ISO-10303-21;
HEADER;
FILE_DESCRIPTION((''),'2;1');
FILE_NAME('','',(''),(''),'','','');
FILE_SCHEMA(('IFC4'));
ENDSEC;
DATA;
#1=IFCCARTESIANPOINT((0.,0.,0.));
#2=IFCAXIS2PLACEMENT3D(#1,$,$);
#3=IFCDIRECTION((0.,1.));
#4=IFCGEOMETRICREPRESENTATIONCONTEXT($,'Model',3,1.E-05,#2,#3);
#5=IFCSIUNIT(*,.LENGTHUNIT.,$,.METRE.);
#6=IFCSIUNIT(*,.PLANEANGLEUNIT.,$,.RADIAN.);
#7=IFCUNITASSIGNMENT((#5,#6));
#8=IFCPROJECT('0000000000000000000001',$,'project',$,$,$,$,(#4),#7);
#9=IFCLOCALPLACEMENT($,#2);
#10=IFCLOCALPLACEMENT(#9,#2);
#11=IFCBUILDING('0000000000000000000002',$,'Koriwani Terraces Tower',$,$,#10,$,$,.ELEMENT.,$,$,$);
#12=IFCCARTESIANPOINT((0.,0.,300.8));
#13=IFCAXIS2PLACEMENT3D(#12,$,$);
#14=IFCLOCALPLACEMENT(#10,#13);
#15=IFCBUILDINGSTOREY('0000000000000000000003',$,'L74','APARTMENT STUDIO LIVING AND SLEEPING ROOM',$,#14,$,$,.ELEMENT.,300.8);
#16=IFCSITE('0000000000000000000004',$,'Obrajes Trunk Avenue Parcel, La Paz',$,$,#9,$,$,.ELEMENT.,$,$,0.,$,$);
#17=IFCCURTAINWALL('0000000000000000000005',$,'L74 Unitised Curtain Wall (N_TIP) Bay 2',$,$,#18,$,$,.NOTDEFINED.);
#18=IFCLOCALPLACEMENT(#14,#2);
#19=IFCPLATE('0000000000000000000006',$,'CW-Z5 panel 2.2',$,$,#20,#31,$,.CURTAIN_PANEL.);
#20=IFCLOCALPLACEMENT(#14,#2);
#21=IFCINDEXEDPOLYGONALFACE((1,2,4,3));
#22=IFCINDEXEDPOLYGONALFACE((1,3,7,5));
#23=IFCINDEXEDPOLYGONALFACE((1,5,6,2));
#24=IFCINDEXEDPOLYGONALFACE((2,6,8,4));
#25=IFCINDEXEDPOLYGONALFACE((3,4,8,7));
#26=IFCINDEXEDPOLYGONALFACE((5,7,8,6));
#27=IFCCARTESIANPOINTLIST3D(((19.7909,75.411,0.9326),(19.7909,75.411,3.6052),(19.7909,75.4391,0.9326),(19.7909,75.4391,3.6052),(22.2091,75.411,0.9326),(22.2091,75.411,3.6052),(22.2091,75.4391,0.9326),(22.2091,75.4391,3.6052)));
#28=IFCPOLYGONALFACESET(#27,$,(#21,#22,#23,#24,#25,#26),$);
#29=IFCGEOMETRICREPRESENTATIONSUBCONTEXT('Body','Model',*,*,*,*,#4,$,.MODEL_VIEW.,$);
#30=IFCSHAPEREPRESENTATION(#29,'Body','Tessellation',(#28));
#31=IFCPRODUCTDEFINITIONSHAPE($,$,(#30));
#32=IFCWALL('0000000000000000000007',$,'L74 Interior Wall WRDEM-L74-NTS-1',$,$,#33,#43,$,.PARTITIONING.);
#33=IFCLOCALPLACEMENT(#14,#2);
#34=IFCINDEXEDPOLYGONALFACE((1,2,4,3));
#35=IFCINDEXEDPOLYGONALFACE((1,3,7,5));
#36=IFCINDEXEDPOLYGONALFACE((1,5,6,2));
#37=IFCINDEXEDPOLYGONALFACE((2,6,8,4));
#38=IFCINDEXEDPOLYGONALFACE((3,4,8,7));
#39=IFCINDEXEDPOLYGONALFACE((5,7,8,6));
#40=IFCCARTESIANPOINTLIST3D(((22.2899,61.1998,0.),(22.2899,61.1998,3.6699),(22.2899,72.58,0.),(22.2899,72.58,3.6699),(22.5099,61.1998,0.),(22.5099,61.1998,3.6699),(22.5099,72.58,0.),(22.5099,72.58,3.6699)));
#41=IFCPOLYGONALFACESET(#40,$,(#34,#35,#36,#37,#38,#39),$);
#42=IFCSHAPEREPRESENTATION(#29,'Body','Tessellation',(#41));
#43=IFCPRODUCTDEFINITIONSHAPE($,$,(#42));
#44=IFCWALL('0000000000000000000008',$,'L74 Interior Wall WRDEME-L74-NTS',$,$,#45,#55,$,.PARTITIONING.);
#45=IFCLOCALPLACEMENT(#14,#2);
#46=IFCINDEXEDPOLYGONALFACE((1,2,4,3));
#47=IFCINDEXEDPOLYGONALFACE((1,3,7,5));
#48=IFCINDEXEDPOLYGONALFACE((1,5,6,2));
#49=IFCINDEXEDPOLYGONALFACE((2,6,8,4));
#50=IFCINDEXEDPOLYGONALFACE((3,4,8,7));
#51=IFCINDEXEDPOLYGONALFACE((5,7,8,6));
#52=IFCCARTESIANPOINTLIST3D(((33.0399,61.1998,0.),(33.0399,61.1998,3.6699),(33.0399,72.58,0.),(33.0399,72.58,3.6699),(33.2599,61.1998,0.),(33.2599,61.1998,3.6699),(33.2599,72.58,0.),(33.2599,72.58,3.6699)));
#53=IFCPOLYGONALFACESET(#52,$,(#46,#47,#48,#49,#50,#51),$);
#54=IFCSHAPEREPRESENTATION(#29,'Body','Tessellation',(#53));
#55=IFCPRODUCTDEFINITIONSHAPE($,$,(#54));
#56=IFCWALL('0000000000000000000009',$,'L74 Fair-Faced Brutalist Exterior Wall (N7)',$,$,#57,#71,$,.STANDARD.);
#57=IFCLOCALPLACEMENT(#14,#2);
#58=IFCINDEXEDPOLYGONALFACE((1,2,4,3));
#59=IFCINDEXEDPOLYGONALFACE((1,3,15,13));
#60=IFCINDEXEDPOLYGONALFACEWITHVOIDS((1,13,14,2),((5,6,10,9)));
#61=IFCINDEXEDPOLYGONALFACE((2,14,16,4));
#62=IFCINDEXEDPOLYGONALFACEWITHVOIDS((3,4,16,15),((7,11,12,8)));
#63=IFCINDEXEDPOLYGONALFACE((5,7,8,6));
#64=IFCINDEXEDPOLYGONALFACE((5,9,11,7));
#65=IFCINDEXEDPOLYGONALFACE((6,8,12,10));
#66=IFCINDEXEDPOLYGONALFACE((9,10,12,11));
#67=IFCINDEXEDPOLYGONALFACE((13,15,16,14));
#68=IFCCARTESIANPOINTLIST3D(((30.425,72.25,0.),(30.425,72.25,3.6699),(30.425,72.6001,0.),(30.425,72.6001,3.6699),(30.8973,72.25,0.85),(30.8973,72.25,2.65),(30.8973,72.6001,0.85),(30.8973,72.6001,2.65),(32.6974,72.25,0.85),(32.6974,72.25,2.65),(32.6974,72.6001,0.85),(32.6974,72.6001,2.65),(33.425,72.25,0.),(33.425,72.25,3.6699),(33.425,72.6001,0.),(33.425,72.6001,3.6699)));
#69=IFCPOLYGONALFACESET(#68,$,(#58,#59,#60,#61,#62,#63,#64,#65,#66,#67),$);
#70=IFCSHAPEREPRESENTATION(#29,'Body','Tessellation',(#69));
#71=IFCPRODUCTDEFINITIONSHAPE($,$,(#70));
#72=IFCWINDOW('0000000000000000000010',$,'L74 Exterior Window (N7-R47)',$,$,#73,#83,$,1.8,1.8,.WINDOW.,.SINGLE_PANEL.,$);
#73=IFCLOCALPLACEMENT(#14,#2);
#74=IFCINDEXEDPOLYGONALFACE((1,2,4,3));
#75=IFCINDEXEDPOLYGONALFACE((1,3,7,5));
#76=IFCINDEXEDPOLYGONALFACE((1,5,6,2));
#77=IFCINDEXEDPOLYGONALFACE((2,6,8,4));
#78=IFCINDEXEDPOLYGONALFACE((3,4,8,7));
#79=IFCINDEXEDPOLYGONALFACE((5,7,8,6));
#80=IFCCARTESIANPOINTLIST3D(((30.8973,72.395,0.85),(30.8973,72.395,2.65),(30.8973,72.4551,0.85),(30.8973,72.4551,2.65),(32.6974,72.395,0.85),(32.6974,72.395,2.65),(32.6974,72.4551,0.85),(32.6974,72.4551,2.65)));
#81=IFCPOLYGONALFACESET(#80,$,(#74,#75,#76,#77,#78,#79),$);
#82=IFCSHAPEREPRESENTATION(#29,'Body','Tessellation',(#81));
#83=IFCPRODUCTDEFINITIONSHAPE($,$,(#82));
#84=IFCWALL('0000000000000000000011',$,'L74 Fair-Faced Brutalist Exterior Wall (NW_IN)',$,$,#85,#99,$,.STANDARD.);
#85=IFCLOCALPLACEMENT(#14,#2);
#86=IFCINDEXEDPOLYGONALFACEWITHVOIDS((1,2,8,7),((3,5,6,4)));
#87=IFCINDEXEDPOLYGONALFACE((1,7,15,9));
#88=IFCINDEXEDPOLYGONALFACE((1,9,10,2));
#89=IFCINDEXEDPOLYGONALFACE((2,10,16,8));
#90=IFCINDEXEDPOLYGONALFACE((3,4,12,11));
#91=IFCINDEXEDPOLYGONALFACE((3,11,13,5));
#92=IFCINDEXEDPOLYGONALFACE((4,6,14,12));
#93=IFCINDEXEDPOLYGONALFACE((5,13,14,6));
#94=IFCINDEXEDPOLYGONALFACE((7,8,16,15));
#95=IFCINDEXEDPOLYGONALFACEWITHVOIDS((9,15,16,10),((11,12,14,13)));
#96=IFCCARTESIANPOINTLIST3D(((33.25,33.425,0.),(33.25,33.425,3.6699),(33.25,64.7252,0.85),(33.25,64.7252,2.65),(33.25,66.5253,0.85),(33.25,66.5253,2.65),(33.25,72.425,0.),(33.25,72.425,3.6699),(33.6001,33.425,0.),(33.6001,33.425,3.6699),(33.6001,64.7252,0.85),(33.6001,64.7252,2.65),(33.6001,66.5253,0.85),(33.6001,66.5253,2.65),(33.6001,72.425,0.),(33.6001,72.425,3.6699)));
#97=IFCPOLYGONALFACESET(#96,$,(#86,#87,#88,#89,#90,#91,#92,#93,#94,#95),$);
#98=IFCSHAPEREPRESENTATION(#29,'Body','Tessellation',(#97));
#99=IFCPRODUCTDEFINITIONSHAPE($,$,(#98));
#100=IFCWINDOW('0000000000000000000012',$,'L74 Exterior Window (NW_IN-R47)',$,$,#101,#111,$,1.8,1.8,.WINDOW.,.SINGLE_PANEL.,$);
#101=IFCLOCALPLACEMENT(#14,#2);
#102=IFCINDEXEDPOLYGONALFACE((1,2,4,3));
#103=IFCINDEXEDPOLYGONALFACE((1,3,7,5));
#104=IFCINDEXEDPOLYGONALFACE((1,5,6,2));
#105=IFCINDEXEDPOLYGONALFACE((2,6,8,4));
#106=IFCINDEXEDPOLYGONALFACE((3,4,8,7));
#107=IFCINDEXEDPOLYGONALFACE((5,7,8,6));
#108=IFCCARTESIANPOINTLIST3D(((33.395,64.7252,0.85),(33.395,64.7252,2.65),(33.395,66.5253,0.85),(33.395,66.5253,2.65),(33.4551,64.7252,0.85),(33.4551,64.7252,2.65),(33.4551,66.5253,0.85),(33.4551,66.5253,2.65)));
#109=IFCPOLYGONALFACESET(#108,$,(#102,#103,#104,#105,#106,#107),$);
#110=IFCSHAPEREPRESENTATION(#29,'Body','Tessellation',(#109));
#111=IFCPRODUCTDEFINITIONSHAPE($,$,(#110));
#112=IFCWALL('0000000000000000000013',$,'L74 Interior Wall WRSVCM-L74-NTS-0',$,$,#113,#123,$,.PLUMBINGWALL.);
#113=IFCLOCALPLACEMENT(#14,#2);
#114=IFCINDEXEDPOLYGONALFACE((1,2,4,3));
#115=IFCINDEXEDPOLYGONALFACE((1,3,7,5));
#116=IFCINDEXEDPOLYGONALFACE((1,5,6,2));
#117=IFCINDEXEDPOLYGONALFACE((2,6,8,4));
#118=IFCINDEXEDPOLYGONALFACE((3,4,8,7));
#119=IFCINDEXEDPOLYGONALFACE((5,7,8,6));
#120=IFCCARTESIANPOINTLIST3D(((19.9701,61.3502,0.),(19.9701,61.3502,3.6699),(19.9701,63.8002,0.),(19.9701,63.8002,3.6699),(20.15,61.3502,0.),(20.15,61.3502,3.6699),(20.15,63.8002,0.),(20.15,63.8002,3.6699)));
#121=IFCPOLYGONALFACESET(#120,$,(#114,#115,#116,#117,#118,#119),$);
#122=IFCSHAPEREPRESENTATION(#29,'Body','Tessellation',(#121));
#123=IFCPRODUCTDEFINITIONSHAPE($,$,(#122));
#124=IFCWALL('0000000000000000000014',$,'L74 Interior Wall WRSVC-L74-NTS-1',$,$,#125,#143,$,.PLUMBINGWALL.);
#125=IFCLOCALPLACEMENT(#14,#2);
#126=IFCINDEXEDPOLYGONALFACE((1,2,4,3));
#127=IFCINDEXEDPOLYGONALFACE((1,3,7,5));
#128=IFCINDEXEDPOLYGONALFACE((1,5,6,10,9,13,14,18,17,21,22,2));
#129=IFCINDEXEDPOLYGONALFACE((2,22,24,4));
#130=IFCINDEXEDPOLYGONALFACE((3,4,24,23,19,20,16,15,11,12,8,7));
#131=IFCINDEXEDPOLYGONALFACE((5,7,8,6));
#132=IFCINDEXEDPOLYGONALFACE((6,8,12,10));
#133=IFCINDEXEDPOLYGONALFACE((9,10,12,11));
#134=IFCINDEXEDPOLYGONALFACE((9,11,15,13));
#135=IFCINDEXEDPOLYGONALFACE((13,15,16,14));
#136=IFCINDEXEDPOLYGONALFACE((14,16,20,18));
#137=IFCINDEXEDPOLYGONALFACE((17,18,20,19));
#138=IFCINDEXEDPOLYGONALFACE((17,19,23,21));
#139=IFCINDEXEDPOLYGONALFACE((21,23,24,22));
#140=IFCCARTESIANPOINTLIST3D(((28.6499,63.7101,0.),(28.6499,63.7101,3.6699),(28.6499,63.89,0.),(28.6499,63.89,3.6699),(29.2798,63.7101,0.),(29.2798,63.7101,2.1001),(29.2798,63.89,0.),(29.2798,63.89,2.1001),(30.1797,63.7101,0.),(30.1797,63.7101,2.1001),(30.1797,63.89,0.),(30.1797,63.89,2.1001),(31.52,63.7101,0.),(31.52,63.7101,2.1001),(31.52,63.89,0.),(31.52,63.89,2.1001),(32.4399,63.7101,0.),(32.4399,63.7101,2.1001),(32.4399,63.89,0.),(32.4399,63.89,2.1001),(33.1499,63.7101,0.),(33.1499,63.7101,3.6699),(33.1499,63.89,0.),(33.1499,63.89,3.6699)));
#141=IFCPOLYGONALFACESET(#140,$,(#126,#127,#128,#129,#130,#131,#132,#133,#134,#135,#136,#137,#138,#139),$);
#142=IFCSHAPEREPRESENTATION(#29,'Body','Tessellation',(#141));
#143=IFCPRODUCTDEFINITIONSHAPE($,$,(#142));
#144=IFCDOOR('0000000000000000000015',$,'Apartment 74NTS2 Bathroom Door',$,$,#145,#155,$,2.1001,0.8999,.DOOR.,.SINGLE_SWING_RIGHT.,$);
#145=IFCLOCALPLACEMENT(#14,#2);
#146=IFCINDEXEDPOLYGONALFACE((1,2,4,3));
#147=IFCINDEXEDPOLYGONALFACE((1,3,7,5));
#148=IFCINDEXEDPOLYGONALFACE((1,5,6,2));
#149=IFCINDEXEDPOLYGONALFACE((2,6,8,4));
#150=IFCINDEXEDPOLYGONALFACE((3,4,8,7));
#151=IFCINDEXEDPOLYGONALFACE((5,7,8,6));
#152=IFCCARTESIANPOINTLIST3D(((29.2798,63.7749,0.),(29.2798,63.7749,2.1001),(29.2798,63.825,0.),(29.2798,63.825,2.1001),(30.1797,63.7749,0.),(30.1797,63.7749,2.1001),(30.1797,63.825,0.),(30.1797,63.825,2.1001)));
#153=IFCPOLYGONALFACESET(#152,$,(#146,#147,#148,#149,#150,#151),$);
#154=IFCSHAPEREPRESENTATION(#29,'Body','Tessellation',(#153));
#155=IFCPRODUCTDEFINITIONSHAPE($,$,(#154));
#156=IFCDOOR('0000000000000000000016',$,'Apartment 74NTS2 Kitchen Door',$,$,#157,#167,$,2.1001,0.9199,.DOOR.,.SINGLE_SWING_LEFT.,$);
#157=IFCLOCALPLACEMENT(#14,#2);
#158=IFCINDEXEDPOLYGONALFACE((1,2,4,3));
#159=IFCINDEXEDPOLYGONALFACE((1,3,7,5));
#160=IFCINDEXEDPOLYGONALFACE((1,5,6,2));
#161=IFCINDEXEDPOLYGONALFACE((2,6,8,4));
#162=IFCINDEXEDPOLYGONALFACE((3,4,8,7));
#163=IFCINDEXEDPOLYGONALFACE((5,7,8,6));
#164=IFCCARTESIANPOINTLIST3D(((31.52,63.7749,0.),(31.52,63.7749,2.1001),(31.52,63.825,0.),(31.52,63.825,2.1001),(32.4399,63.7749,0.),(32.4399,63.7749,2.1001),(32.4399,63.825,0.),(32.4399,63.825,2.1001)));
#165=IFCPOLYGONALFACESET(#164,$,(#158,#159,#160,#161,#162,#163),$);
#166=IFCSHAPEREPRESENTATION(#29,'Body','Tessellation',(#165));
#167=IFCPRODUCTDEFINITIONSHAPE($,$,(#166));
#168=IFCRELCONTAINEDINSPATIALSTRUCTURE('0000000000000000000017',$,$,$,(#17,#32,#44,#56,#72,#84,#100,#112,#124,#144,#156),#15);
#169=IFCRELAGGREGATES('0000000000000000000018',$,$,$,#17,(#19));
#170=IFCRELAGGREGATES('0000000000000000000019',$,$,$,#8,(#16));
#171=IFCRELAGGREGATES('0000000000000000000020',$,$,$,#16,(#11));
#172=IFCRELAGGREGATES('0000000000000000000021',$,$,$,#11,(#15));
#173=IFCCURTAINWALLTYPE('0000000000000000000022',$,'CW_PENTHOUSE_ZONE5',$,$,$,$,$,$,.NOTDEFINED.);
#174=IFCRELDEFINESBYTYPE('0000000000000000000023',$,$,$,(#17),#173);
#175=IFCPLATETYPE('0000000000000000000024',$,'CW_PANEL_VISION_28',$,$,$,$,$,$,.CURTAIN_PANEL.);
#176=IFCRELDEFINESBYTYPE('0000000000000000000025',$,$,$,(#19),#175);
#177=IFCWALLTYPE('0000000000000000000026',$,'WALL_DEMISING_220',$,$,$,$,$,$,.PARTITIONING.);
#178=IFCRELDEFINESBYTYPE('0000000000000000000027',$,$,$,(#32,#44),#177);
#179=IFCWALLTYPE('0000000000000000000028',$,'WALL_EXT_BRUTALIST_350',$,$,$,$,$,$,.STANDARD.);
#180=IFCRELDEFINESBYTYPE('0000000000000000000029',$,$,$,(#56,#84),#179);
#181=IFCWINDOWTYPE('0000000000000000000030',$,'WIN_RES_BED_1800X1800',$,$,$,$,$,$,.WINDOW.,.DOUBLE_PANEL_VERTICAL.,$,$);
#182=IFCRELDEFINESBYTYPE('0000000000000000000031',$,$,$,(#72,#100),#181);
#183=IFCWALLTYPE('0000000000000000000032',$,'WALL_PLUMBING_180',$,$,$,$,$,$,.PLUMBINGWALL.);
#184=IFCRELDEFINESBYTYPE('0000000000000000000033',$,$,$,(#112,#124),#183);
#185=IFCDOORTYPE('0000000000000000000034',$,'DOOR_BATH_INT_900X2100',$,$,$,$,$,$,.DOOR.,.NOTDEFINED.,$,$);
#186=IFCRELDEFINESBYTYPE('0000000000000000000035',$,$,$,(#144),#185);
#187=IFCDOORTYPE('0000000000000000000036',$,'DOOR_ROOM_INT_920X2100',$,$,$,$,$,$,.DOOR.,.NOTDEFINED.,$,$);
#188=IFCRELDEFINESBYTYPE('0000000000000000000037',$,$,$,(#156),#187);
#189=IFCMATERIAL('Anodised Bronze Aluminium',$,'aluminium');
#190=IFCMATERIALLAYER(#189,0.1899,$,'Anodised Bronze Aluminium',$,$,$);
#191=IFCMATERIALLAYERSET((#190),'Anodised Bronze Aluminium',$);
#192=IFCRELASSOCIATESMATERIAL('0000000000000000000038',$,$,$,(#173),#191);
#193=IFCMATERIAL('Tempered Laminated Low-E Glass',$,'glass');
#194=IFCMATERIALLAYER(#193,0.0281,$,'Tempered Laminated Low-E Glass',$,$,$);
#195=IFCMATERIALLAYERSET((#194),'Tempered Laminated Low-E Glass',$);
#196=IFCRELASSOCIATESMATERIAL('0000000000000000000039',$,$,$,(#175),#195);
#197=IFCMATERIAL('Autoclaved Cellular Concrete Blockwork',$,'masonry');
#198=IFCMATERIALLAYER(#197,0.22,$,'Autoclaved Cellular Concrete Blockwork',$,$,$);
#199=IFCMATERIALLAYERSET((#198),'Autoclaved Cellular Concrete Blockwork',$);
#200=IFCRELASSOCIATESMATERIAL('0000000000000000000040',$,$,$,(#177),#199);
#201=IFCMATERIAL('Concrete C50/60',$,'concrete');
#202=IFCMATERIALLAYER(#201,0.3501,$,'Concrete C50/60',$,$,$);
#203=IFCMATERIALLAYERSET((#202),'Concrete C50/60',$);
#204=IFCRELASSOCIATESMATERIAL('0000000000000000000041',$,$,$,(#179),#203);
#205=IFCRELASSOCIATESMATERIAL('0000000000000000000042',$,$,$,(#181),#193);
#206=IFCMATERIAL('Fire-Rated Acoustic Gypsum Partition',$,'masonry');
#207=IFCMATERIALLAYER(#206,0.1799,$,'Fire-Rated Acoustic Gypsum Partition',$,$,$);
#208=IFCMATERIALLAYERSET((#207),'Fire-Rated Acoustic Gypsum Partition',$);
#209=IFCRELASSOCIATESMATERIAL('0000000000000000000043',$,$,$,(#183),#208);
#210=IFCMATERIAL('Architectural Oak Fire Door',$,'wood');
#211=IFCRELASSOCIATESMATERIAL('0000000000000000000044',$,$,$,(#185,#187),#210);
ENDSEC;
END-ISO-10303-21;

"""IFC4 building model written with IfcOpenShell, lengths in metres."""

from ifc_helpers import new_model, si_unit, direction, frame, frame_2d, origin, origin_2d, place, context, subcontext, project, spatial, rectangle, extrude, material, layer, layer_set, type_object, element, fill, aggregate, save


model = new_model("IFC4")

# Units and contexts
model_context = context("Model", 3, precision=1e-05, world=origin(), true_north=direction((0.0, 1.0)))
body_context = subcontext(model_context, "Body", "Model", "MODEL_VIEW")
ifc_project = project(units=[si_unit("LENGTHUNIT", "METRE"), si_unit("PLANEANGLEUNIT", "RADIAN")], contexts=[model_context])

# Site, building, storey
site_placement = place(None, origin())
site = spatial("IfcSite", under=ifc_project, at=site_placement, Name="Obrajes Trunk Avenue Parcel, La Paz", CompositionType="ELEMENT", RefElevation=0.0)
building_placement = place(site_placement, origin())
building = spatial("IfcBuilding", under=site, at=building_placement, Name="Koriwani Terraces Tower", CompositionType="ELEMENT")
storey_placement = place(building_placement, frame((0.0, 0.0, 300.8)))
storey = spatial("IfcBuildingStorey", under=building, at=storey_placement, Name="L74", Description="APARTMENT STUDIO LIVING AND SLEEPING ROOM", CompositionType="ELEMENT", Elevation=300.8)

# Shared definitions
ifc_material_1 = material(Name="Concrete C50/60", Category="concrete")

# Curtain wall
ifc_material_2 = material(Name="Anodised Bronze Aluminium", Category="aluminium")
ifc_layer_1 = layer(ifc_material_2, 0.1899, Name="Anodised Bronze Aluminium")
ifc_layer_set_1 = layer_set([ifc_layer_1], Name="Anodised Bronze Aluminium")
curtain_wall_type = type_object("IfcCurtainWallType", Name="CW_PENTHOUSE_ZONE5", PredefinedType="NOTDEFINED", material=ifc_layer_set_1)
curtain_wall_placement = place(storey_placement, origin())
curtain_wall = element("IfcCurtainWall", 1, at=curtain_wall_placement, inside=storey, type_object=curtain_wall_type, Name="L74 Unitised Curtain Wall (N_TIP) Bay 2", PredefinedType="NOTDEFINED")

# Plate
ifc_material_3 = material(Name="Tempered Laminated Low-E Glass", Category="glass")
ifc_layer_2 = layer(ifc_material_3, 0.0281, Name="Tempered Laminated Low-E Glass")
ifc_layer_set_2 = layer_set([ifc_layer_2], Name="Tempered Laminated Low-E Glass")
plate_type = type_object("IfcPlateType", Name="CW_PANEL_VISION_28", PredefinedType="CURTAIN_PANEL", material=ifc_layer_set_2)
plate_1_placement = place(storey_placement, frame((21.0, 75.425, 0.9326), z_axis=(0.0, 0.0, 1.0), x_axis=(1.0, 0.0, 0.0)))
plate_1 = element("IfcPlate", 2, at=plate_1_placement, type_object=plate_type, Name="CW-Z5 panel 2.2", PredefinedType="CURTAIN_PANEL", context=body_context, shape_type="SweptSolid", body=[
    extrude(rectangle(XDim=2.4182, YDim=0.0281, at=origin_2d()), origin(), (0.0, 0.0, 1.0), 2.6726),
])
aggregate(curtain_wall, [plate_1])

# Walls
ifc_material_4 = material(Name="Autoclaved Cellular Concrete Blockwork", Category="masonry")
ifc_layer_3 = layer(ifc_material_4, 0.22, Name="Autoclaved Cellular Concrete Blockwork")
ifc_layer_set_3 = layer_set([ifc_layer_3], Name="Autoclaved Cellular Concrete Blockwork")
wall_type_1 = type_object("IfcWallType", Name="WALL_DEMISING_220", PredefinedType="PARTITIONING", material=ifc_layer_set_3)
for number, where, z_axis, x_axis, name in (
    (3, (22.3999, 61.2, 0.0), (0.0, 0.0, 1.0), (0.0, 1.0, 0.0), "L74 Interior Wall WRDEM-L74-NTS-1"),
    (4, (33.1499, 61.2, 0.0), (0.0, 0.0, 1.0), (0.0, 1.0, 0.0), "L74 Interior Wall WRDEME-L74-NTS"),
):
    element("IfcWall", number, at=place(storey_placement, frame(where, z_axis=z_axis, x_axis=x_axis)), inside=storey, type_object=wall_type_1, Name=name, PredefinedType="PARTITIONING", context=body_context, shape_type="SweptSolid", body=[
        extrude(rectangle(XDim=11.3801, YDim=0.22, at=frame_2d((5.6899, 0.0))), origin(), (0.0, 0.0, 1.0), 3.6699),
    ])

# Walls, openings, windows
ifc_layer_4 = layer(ifc_material_1, 0.3501, Name="Concrete C50/60")
ifc_layer_set_4 = layer_set([ifc_layer_4], Name="Concrete C50/60")
wall_type_2 = type_object("IfcWallType", Name="WALL_EXT_BRUTALIST_350", PredefinedType="STANDARD", material=ifc_layer_set_4)
wall_1_placement = place(storey_placement, frame((30.425, 72.425, 0.0), z_axis=(0.0, 0.0, 1.0), x_axis=(1.0, 0.0, 0.0)))
wall_1 = element("IfcWall", 5, at=wall_1_placement, inside=storey, type_object=wall_type_2, Name="L74 Fair-Faced Brutalist Exterior Wall (N7)", PredefinedType="STANDARD", context=body_context, shape_type="SweptSolid", body=[
    extrude(rectangle(XDim=3.0, YDim=0.3501, at=frame_2d((1.5, 0.0))), origin(), (0.0, 0.0, 1.0), 3.6699),
])
opening_1_placement = place(wall_1_placement, frame((0.4724, 0.0, 0.8501)))
opening_1 = element("IfcOpeningElement", 6, at=opening_1_placement, cuts=wall_1, PredefinedType="OPENING", context=body_context, shape_type="SweptSolid", body=[
    extrude(rectangle(XDim=1.8, YDim=1.8, at=frame_2d((0.8999, 0.8999))), frame((0.0, 0.1851, 0.0), z_axis=(0.0, -1.0, 0.0), x_axis=(1.0, 0.0, 0.0)), (0.0, 0.0, 1.0), 0.3701),
])
window_type = type_object("IfcWindowType", Name="WIN_RES_BED_1800X1800", PartitioningType="DOUBLE_PANEL_VERTICAL", PredefinedType="WINDOW", material=ifc_material_3)
window_1_placement = place(opening_1_placement, origin())
window_1 = element("IfcWindow", 7, at=window_1_placement, inside=storey, type_object=window_type, Name="L74 Exterior Window (N7-R47)", OverallHeight=1.8, OverallWidth=1.8, PartitioningType="SINGLE_PANEL", PredefinedType="WINDOW", context=body_context, shape_type="SweptSolid", body=[
    extrude(rectangle(XDim=1.8, YDim=1.8, at=frame_2d((0.8999, 0.8999))), frame((0.0, 0.03, 0.0), z_axis=(0.0, -1.0, 0.0), x_axis=(1.0, 0.0, 0.0)), (0.0, 0.0, 1.0), 0.0601),
])
fill(opening_1, window_1)
wall_2_placement = place(storey_placement, frame((33.425, 72.425, 0.0), z_axis=(0.0, 0.0, 1.0), x_axis=(0.0, -1.0, 0.0)))
wall_2 = element("IfcWall", 8, at=wall_2_placement, inside=storey, type_object=wall_type_2, Name="L74 Fair-Faced Brutalist Exterior Wall (NW_IN)", PredefinedType="STANDARD", context=body_context, shape_type="SweptSolid", body=[
    extrude(rectangle(XDim=39.0, YDim=0.3501, at=frame_2d((19.5, 0.0))), origin(), (0.0, 0.0, 1.0), 3.6699),
])
opening_2_placement = place(wall_2_placement, frame((5.8999, 0.0, 0.8501)))
opening_2 = element("IfcOpeningElement", 9, at=opening_2_placement, cuts=wall_2, PredefinedType="OPENING", context=body_context, shape_type="SweptSolid", body=[
    extrude(rectangle(XDim=1.8, YDim=1.8, at=frame_2d((0.8999, 0.8999))), frame((0.0, 0.1851, 0.0), z_axis=(0.0, -1.0, 0.0), x_axis=(1.0, 0.0, 0.0)), (0.0, 0.0, 1.0), 0.3701),
])
window_2_placement = place(opening_2_placement, origin())
window_2 = element("IfcWindow", 10, at=window_2_placement, inside=storey, type_object=window_type, Name="L74 Exterior Window (NW_IN-R47)", OverallHeight=1.8, OverallWidth=1.8, PartitioningType="SINGLE_PANEL", PredefinedType="WINDOW", context=body_context, shape_type="SweptSolid", body=[
    extrude(rectangle(XDim=1.8, YDim=1.8, at=frame_2d((0.8999, 0.8999))), frame((0.0, 0.03, 0.0), z_axis=(0.0, -1.0, 0.0), x_axis=(1.0, 0.0, 0.0)), (0.0, 0.0, 1.0), 0.0601),
])
fill(opening_2, window_2)

# Wall
ifc_material_5 = material(Name="Fire-Rated Acoustic Gypsum Partition", Category="masonry")
ifc_layer_5 = layer(ifc_material_5, 0.1799, Name="Fire-Rated Acoustic Gypsum Partition")
ifc_layer_set_5 = layer_set([ifc_layer_5], Name="Fire-Rated Acoustic Gypsum Partition")
wall_type_3 = type_object("IfcWallType", Name="WALL_PLUMBING_180", PredefinedType="PLUMBINGWALL", material=ifc_layer_set_5)
wall_3_placement = place(storey_placement, frame((20.0601, 61.3501, 0.0), z_axis=(0.0, 0.0, 1.0), x_axis=(0.0, 1.0, 0.0)))
element("IfcWall", 11, at=wall_3_placement, inside=storey, type_object=wall_type_3, Name="L74 Interior Wall WRSVCM-L74-NTS-0", PredefinedType="PLUMBINGWALL", context=body_context, shape_type="SweptSolid", body=[
    extrude(rectangle(XDim=2.45, YDim=0.1799, at=frame_2d((1.2251, 0.0))), origin(), (0.0, 0.0, 1.0), 3.6699),
])

# Wall, openings, doors
wall_4_placement = place(storey_placement, frame((28.6499, 63.8, 0.0), z_axis=(0.0, 0.0, 1.0), x_axis=(1.0, 0.0, 0.0)))
wall_4 = element("IfcWall", 12, at=wall_4_placement, inside=storey, type_object=wall_type_3, Name="L74 Interior Wall WRSVC-L74-NTS-1", PredefinedType="PLUMBINGWALL", context=body_context, shape_type="SweptSolid", body=[
    extrude(rectangle(XDim=4.5, YDim=0.1799, at=frame_2d((2.25, 0.0))), origin(), (0.0, 0.0, 1.0), 3.6699),
])
opening_3_placement = place(wall_4_placement, frame((0.6299, 0.0, 0.0)))
opening_3 = element("IfcOpeningElement", 13, at=opening_3_placement, cuts=wall_4, PredefinedType="OPENING", context=body_context, shape_type="SweptSolid", body=[
    extrude(rectangle(XDim=0.8999, YDim=2.1001, at=frame_2d((0.45, 1.05))), frame((0.0, 0.1001, 0.0), z_axis=(0.0, -1.0, 0.0), x_axis=(1.0, 0.0, 0.0)), (0.0, 0.0, 1.0), 0.2),
])
opening_4_placement = place(wall_4_placement, frame((2.8701, 0.0, 0.0)))
opening_4 = element("IfcOpeningElement", 14, at=opening_4_placement, cuts=wall_4, PredefinedType="OPENING", context=body_context, shape_type="SweptSolid", body=[
    extrude(rectangle(XDim=0.9199, YDim=2.1001, at=frame_2d((0.46, 1.05))), frame((0.0, 0.1001, 0.0), z_axis=(0.0, -1.0, 0.0), x_axis=(1.0, 0.0, 0.0)), (0.0, 0.0, 1.0), 0.2),
])
ifc_material_6 = material(Name="Architectural Oak Fire Door", Category="wood")
door_type_1 = type_object("IfcDoorType", Name="DOOR_BATH_INT_900X2100", OperationType="NOTDEFINED", PredefinedType="DOOR", material=ifc_material_6)
door_1_placement = place(opening_3_placement, origin())
door_1 = element("IfcDoor", 15, at=door_1_placement, inside=storey, type_object=door_type_1, Name="Apartment 74NTS2 Bathroom Door", OperationType="SINGLE_SWING_RIGHT", OverallHeight=2.1001, OverallWidth=0.8999, PredefinedType="DOOR", context=body_context, shape_type="SweptSolid", body=[
    extrude(rectangle(XDim=0.8999, YDim=2.1001, at=frame_2d((0.45, 1.05))), frame((0.0, 0.0249, 0.0), z_axis=(0.0, -1.0, 0.0), x_axis=(1.0, 0.0, 0.0)), (0.0, 0.0, 1.0), 0.05),
])
fill(opening_3, door_1)
door_type_2 = type_object("IfcDoorType", Name="DOOR_ROOM_INT_920X2100", OperationType="NOTDEFINED", PredefinedType="DOOR", material=ifc_material_6)
door_2_placement = place(opening_4_placement, origin())
door_2 = element("IfcDoor", 16, at=door_2_placement, inside=storey, type_object=door_type_2, Name="Apartment 74NTS2 Kitchen Door", OperationType="SINGLE_SWING_LEFT", OverallHeight=2.1001, OverallWidth=0.9199, PredefinedType="DOOR", context=body_context, shape_type="SweptSolid", body=[
    extrude(rectangle(XDim=0.9199, YDim=2.1001, at=frame_2d((0.46, 1.05))), frame((0.0, 0.0249, 0.0), z_axis=(0.0, -1.0, 0.0), x_axis=(1.0, 0.0, 0.0)), (0.0, 0.0, 1.0), 0.05),
])
fill(opening_4, door_2)

save(model, "model.ifc")
